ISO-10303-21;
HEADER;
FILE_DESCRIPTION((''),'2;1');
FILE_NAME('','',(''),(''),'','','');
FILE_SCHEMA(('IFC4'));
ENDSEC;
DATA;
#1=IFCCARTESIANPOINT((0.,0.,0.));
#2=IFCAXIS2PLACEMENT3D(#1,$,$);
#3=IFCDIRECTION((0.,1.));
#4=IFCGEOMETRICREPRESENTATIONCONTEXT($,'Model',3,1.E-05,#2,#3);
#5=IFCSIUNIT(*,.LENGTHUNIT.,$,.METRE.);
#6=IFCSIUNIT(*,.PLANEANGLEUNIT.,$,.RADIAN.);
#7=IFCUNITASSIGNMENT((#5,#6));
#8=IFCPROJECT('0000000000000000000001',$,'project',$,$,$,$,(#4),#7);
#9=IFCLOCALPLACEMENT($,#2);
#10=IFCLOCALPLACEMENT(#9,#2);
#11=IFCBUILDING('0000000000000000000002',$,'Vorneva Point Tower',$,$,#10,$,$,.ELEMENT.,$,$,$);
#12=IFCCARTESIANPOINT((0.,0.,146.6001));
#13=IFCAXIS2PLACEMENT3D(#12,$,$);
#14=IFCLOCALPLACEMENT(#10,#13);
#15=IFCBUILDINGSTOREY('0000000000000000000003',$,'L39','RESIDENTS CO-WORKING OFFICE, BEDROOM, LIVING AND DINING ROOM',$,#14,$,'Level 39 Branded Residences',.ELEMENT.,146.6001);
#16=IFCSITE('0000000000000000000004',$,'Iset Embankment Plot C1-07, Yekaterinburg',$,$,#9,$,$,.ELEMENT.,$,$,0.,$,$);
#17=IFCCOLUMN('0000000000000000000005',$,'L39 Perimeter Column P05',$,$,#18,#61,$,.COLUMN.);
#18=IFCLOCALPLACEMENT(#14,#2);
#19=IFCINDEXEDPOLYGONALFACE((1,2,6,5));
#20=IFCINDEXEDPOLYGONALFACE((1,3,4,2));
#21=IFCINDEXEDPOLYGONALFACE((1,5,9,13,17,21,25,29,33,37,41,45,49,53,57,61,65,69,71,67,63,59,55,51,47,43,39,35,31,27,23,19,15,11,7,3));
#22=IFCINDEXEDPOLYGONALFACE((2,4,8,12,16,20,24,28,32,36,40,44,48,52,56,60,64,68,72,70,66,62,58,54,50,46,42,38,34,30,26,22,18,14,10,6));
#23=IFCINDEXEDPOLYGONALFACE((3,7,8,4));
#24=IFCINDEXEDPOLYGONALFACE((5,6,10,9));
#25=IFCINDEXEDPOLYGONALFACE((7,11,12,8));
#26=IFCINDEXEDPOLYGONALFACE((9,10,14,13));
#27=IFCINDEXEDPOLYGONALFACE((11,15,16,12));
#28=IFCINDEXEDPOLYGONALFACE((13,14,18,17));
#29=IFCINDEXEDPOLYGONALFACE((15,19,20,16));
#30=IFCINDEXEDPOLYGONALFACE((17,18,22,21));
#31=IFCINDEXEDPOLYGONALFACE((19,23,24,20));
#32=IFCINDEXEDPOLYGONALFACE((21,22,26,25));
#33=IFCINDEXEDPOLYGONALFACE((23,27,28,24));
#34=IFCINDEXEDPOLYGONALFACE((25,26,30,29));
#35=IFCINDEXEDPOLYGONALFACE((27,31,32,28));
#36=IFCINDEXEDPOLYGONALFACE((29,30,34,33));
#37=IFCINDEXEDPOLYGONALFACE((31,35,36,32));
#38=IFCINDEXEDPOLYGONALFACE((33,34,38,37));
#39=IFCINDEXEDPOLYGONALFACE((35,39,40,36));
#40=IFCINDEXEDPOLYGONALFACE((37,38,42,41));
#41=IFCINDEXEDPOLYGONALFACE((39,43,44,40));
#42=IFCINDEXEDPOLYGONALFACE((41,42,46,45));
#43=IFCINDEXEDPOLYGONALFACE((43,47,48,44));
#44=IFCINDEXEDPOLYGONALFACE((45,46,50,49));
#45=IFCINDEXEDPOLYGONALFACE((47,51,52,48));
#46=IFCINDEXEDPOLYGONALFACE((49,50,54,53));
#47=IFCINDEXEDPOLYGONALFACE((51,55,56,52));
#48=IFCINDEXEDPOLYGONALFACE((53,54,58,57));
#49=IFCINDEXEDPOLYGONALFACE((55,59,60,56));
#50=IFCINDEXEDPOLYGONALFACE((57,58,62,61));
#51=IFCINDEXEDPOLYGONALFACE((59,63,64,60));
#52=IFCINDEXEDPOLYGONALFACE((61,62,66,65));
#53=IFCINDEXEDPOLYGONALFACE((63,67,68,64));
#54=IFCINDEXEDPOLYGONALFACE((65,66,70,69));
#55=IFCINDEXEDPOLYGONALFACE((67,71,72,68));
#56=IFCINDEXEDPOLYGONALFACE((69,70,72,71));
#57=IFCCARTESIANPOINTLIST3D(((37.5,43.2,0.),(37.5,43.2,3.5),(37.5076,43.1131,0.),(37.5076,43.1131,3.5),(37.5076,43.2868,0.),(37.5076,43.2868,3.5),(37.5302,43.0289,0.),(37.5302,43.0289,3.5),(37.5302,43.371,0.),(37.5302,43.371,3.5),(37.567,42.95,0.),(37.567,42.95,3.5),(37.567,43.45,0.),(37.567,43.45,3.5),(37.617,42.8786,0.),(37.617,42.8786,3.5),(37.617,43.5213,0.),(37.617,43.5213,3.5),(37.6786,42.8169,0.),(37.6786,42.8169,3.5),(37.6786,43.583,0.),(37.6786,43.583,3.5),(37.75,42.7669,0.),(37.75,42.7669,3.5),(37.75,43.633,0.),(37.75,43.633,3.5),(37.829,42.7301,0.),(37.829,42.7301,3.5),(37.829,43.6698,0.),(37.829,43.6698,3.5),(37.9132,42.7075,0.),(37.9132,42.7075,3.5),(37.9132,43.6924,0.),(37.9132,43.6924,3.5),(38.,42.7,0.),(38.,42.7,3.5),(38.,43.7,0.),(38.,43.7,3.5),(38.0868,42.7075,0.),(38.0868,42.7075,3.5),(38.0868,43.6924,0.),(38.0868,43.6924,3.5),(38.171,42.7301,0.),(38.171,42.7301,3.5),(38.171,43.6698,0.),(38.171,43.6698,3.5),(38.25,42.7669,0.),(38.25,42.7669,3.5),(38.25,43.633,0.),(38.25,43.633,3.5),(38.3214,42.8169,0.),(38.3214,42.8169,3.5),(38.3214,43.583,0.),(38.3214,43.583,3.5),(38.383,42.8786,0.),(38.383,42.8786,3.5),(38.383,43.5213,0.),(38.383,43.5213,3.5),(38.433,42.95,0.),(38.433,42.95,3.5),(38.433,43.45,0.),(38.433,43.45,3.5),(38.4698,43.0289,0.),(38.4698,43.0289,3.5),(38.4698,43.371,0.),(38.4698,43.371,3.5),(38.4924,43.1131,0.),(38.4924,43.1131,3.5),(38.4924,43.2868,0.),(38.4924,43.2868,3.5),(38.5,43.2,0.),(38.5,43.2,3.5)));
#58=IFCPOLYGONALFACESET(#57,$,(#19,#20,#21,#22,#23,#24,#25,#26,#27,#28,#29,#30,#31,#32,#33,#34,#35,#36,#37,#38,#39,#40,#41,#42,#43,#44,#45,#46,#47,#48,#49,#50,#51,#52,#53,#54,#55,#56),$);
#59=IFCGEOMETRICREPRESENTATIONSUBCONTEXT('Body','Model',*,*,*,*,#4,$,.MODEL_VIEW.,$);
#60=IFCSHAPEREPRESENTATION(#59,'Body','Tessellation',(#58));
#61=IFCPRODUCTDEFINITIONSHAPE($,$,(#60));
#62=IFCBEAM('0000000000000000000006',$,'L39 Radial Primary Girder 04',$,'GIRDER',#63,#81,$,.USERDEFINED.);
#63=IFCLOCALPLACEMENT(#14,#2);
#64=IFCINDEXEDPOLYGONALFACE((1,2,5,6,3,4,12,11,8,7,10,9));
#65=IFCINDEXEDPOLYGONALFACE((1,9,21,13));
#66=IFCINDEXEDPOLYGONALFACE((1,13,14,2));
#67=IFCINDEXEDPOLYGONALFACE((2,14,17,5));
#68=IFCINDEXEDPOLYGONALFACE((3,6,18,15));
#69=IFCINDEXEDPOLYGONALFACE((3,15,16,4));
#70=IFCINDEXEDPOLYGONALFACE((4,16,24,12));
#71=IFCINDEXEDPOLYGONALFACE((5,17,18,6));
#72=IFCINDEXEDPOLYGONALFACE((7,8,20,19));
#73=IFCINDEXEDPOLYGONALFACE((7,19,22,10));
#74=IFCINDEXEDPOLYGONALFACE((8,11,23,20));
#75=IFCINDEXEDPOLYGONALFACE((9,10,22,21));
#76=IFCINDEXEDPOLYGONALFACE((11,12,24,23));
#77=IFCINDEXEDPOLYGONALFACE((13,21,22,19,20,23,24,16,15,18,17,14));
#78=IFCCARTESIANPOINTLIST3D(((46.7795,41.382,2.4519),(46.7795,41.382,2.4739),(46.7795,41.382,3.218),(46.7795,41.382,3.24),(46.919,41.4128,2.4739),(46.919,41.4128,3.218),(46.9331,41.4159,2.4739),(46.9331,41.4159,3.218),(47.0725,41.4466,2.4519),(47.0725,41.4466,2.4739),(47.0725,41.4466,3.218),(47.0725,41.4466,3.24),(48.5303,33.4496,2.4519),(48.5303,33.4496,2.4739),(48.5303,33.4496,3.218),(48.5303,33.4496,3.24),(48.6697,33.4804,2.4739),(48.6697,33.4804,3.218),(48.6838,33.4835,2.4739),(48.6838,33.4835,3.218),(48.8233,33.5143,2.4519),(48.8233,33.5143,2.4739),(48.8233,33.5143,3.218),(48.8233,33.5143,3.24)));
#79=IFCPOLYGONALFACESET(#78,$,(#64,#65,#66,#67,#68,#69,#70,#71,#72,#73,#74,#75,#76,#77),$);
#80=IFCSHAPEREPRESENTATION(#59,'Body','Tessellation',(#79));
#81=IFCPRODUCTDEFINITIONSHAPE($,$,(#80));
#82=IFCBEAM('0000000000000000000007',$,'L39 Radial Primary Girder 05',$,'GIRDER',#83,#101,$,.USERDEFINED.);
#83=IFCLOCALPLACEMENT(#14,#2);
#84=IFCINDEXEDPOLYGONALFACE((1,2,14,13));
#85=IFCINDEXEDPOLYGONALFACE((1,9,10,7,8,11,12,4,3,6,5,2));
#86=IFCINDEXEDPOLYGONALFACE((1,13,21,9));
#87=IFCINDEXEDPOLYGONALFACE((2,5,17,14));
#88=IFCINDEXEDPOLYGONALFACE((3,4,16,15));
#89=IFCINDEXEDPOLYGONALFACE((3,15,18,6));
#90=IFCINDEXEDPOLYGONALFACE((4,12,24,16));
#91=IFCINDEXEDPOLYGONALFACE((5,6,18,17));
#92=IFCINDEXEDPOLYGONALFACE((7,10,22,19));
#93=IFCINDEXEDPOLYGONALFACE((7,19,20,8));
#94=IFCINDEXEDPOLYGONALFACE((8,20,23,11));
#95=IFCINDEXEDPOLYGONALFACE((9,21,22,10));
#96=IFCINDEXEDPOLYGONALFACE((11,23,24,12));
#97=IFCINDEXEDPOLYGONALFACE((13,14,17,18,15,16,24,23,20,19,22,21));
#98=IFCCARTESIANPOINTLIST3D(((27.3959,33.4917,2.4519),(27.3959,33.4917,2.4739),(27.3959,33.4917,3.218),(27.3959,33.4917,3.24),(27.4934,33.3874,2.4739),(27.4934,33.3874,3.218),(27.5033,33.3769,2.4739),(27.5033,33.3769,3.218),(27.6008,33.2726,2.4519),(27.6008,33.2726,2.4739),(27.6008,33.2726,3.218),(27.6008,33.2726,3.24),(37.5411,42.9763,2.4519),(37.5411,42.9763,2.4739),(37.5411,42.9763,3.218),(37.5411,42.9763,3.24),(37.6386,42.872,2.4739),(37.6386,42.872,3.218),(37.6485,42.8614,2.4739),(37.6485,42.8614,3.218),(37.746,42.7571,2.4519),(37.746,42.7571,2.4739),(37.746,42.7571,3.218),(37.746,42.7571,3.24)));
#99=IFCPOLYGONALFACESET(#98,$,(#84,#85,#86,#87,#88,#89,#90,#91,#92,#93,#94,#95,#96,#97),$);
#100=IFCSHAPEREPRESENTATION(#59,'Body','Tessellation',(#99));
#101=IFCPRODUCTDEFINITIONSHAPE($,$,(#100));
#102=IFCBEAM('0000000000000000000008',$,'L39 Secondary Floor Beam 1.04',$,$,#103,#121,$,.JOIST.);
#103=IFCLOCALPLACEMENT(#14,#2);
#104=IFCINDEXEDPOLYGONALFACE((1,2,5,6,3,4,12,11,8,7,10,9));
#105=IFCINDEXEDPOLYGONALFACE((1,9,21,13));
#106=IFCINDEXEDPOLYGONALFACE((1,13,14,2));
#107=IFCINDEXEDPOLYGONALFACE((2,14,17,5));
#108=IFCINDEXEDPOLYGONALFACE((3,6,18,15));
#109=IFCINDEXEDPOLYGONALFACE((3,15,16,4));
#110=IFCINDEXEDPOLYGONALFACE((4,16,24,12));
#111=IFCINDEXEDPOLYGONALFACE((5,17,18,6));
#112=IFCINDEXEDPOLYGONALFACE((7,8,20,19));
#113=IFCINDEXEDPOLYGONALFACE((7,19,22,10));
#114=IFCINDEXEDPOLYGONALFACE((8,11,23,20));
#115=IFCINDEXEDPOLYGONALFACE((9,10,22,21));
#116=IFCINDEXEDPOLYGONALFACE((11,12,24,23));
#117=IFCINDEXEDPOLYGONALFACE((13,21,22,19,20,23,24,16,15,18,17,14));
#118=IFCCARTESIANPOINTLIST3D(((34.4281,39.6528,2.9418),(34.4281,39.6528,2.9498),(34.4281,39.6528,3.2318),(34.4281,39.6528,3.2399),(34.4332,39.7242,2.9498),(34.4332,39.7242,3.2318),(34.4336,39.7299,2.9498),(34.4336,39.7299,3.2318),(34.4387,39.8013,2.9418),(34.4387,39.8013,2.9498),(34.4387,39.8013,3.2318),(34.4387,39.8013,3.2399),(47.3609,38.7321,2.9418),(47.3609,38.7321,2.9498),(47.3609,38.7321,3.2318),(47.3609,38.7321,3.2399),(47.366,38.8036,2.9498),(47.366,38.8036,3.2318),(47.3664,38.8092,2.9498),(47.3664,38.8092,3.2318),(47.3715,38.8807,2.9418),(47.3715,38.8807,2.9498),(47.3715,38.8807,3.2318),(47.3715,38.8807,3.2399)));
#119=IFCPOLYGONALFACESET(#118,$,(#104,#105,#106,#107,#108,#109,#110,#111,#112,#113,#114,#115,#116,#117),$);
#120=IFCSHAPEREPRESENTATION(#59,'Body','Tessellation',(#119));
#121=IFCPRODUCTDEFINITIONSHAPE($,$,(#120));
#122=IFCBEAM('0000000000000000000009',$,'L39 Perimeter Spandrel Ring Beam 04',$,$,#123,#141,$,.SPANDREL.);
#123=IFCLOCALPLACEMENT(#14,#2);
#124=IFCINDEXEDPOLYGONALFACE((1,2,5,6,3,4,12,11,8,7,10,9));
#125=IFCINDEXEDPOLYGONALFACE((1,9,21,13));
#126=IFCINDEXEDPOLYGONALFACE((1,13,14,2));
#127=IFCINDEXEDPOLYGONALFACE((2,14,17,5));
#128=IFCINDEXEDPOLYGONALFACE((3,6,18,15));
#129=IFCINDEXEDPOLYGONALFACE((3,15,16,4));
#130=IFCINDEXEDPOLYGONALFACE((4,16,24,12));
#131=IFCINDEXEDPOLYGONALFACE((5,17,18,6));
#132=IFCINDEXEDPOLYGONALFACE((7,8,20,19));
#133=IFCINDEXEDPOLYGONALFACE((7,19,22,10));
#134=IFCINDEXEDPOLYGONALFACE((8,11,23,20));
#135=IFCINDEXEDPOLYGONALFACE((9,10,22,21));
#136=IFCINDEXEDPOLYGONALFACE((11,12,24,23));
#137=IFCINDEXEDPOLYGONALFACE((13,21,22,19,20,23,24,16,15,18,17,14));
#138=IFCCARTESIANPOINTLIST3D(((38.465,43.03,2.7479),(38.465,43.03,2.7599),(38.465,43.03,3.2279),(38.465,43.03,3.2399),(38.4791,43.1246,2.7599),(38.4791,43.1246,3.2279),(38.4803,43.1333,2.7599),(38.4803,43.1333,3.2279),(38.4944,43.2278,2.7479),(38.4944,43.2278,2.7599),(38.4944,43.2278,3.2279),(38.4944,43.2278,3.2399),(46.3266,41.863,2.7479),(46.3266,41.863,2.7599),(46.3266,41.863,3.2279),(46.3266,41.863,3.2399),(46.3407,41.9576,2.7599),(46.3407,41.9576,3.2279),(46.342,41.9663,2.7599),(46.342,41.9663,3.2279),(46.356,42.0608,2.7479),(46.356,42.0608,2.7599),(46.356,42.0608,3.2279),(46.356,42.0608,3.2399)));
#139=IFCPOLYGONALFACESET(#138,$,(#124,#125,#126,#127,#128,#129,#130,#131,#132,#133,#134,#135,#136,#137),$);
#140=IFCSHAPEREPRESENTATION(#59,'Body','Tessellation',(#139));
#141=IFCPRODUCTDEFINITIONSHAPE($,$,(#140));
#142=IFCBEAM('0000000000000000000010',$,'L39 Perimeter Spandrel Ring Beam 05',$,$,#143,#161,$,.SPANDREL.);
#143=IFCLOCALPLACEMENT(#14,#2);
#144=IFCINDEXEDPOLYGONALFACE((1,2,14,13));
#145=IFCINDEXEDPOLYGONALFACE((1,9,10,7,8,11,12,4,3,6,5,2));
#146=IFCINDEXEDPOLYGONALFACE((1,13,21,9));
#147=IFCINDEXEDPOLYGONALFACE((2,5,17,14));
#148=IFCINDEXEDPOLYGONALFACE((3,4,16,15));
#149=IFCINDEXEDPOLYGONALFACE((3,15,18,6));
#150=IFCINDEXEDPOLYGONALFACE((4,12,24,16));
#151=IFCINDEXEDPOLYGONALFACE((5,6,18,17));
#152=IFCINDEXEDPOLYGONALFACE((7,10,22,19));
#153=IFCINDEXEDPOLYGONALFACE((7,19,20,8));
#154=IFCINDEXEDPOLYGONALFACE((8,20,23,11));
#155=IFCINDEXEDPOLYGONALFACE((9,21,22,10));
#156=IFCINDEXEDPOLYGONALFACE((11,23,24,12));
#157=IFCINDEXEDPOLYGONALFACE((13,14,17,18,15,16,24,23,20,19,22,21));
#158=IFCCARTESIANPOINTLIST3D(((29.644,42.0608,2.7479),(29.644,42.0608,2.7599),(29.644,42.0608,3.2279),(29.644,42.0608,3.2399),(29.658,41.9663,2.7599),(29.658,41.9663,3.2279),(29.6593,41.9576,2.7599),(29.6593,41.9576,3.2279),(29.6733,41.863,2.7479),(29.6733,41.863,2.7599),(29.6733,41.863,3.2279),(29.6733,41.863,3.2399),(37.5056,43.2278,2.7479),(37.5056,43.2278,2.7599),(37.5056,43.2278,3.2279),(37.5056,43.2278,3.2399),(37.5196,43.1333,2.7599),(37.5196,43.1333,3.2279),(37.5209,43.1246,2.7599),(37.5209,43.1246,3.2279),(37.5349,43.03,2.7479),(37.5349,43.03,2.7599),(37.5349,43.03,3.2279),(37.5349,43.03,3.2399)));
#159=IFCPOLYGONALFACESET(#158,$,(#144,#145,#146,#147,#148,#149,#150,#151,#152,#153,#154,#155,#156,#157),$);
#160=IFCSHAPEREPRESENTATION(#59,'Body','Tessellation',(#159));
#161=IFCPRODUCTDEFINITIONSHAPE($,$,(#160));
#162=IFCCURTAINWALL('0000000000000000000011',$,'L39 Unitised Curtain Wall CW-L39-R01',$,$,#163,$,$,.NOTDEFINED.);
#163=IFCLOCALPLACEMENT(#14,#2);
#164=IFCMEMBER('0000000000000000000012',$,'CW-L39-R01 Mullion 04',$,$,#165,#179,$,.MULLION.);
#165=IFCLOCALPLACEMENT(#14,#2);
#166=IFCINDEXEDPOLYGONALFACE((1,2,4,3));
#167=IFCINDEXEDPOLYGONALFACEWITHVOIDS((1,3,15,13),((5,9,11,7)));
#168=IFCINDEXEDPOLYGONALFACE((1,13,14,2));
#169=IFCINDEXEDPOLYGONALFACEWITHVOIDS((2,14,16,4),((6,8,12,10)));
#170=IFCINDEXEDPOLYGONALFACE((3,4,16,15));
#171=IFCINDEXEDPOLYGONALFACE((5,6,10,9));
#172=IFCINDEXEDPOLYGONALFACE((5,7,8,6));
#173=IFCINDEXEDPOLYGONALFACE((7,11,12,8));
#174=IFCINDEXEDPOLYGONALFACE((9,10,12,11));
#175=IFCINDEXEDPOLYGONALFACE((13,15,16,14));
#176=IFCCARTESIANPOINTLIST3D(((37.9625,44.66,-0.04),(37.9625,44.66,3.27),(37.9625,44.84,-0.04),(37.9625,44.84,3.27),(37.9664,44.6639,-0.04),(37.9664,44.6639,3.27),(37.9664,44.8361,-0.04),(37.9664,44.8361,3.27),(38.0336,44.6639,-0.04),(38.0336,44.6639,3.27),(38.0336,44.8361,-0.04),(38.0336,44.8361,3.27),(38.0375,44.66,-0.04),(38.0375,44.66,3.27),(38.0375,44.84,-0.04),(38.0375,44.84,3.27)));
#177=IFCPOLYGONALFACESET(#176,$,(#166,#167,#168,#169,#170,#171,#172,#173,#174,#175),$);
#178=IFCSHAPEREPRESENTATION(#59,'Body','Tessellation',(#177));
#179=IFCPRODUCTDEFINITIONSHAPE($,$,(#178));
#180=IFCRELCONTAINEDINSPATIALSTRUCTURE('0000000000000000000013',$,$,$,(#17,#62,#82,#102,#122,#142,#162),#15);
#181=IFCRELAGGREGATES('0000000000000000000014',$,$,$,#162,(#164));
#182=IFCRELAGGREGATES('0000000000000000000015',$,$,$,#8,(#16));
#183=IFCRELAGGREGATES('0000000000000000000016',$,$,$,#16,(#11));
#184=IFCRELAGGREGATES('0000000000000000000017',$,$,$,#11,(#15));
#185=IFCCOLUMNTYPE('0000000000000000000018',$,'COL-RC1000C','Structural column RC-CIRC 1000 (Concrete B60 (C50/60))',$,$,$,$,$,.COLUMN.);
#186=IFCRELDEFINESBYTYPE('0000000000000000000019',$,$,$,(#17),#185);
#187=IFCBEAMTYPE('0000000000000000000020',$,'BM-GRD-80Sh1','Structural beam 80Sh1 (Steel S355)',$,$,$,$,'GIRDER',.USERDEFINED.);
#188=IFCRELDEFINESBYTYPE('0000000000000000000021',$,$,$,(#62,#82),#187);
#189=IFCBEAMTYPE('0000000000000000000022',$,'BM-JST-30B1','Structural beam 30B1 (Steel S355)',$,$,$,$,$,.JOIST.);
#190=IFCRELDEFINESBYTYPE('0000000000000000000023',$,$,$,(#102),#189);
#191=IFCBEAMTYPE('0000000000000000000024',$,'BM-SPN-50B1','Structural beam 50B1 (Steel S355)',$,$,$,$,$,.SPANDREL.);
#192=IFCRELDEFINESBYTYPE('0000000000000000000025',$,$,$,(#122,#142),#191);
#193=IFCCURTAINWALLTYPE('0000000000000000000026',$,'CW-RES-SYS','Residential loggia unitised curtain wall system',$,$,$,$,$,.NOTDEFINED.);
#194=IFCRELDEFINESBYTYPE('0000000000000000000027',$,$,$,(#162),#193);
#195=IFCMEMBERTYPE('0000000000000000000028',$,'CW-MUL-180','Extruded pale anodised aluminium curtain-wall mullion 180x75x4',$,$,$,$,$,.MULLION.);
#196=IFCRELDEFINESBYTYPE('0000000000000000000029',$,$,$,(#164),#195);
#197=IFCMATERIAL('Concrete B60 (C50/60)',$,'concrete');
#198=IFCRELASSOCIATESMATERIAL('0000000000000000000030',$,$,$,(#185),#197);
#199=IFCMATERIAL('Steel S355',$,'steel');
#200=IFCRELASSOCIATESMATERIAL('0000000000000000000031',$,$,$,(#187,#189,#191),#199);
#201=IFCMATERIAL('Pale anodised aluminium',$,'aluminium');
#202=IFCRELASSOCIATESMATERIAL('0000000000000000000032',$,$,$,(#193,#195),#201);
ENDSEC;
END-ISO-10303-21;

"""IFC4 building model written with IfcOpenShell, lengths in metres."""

from ifc_helpers import new_model, si_unit, direction, frame, origin, origin_2d, place, context, subcontext, project, spatial, hollow_rectangle, circle, i_section, extrude, material, material_profile, profile_set, type_object, element, aggregate, save


model = new_model("IFC4")

# Units and contexts
model_context = context("Model", 3, precision=1e-05, world=origin(), true_north=direction((0.0, 1.0)))
body_context = subcontext(model_context, "Body", "Model", "MODEL_VIEW")
ifc_project = project(units=[si_unit("LENGTHUNIT", "METRE"), si_unit("PLANEANGLEUNIT", "RADIAN")], contexts=[model_context])

# Site, building, storey
site_placement = place(None, origin())
site = spatial("IfcSite", under=ifc_project, at=site_placement, Name="Iset Embankment Plot C1-07, Yekaterinburg", CompositionType="ELEMENT", RefElevation=0.0)
building_placement = place(site_placement, origin())
building = spatial("IfcBuilding", under=site, at=building_placement, Name="Vorneva Point Tower", CompositionType="ELEMENT")
storey_placement = place(building_placement, frame((0.0, 0.0, 146.6001)))
storey = spatial("IfcBuildingStorey", under=building, at=storey_placement, Name="L39", Description="RESIDENTS CO-WORKING OFFICE, BEDROOM, LIVING AND DINING ROOM", LongName="Level 39 Branded Residences", CompositionType="ELEMENT", Elevation=146.6001)

# Column
ifc_material_1 = material(Name="Concrete B60 (C50/60)", Category="concrete")
ifc_material_profile_1 = material_profile(ifc_material_1, circle(Radius=0.5, at=origin_2d()), Name="RC-CIRC 1000")
ifc_profile_set_1 = profile_set([ifc_material_profile_1], Name="Concrete B60 (C50/60)")
column_type = type_object("IfcColumnType", Name="COL-RC1000C", Description="Structural column RC-CIRC 1000 (Concrete B60 (C50/60))", PredefinedType="COLUMN", material=ifc_profile_set_1)
for number, where, z_axis, x_axis, name in (
    (1, (38.0, 43.2, 0.0), (0.0, 0.0, 1.0), (0.0, 1.0, 0.0), "L39 Perimeter Column P05"),
):
    element("IfcColumn", number, at=place(storey_placement, frame(where, z_axis=z_axis, x_axis=x_axis)), inside=storey, type_object=column_type, Name=name, PredefinedType="COLUMN", context=body_context, shape_type="SweptSolid", body=[
        extrude(circle(Radius=0.5, at=origin_2d()), origin(), (0.0, 0.0, 1.0), 3.5),
    ])

# Beams
ifc_material_2 = material(Name="Steel S355", Category="steel")
ifc_material_profile_2 = material_profile(ifc_material_2, i_section(OverallWidth=0.3, OverallDepth=0.7881, WebThickness=0.0144, FlangeThickness=0.022, at=origin_2d()), Name="80Sh1")
ifc_profile_set_2 = profile_set([ifc_material_profile_2], Name="Steel S355")
beam_type_1 = type_object("IfcBeamType", Name="BM-GRD-80Sh1", Description="Structural beam 80Sh1 (Steel S355)", ElementType="GIRDER", PredefinedType="USERDEFINED", material=ifc_profile_set_2)
beam_1_placement = place(storey_placement, frame((46.926, 41.4143, 2.8459), z_axis=(0.215521, -0.976499, 0.0), x_axis=(0.976499, 0.215521, 0.0)))
element("IfcBeam", 2, at=beam_1_placement, inside=storey, type_object=beam_type_1, Name="L39 Radial Primary Girder 04", ObjectType="GIRDER", PredefinedType="USERDEFINED", context=body_context, shape_type="SweptSolid", body=[
    extrude(i_section(OverallWidth=0.3, OverallDepth=0.7881, WebThickness=0.0144, FlangeThickness=0.022, at=origin_2d()), origin(), (0.0, 0.0, 1.0), 8.1233),
])
beam_2_placement = place(storey_placement, frame((37.6436, 42.8667, 2.8459), z_axis=(-0.730491, -0.682922, 0.0), x_axis=(0.682922, -0.730491, 0.0)))
element("IfcBeam", 3, at=beam_2_placement, inside=storey, type_object=beam_type_1, Name="L39 Radial Primary Girder 05", ObjectType="GIRDER", PredefinedType="USERDEFINED", context=body_context, shape_type="SweptSolid", body=[
    extrude(i_section(OverallWidth=0.3, OverallDepth=0.7881, WebThickness=0.0144, FlangeThickness=0.022, at=origin_2d()), origin(), (0.0, 0.0, 1.0), 13.8882),
])
ifc_material_profile_3 = material_profile(ifc_material_2, i_section(OverallWidth=0.1489, OverallDepth=0.2981, WebThickness=0.0056, FlangeThickness=0.0081, at=origin_2d()), Name="30B1")
ifc_profile_set_3 = profile_set([ifc_material_profile_3], Name="Steel S355")
beam_type_2 = type_object("IfcBeamType", Name="BM-JST-30B1", Description="Structural beam 30B1 (Steel S355)", PredefinedType="JOIST", material=ifc_profile_set_3)
beam_3_placement = place(storey_placement, frame((47.3662, 38.8064, 3.0908), z_axis=(-0.997476, 0.071008, 0.0), x_axis=(-0.071008, -0.997476, 0.0)))
element("IfcBeam", 4, at=beam_3_placement, inside=storey, type_object=beam_type_2, Name="L39 Secondary Floor Beam 1.04", PredefinedType="JOIST", context=body_context, shape_type="SweptSolid", body=[
    extrude(i_section(OverallWidth=0.1489, OverallDepth=0.2981, WebThickness=0.0056, FlangeThickness=0.0081, at=origin_2d()), origin(), (0.0, 0.0, 1.0), 12.9656),
])
ifc_material_profile_4 = material_profile(ifc_material_2, i_section(OverallWidth=0.2, OverallDepth=0.4919, WebThickness=0.0088, FlangeThickness=0.012, at=origin_2d()), Name="50B1")
ifc_profile_set_4 = profile_set([ifc_material_profile_4], Name="Steel S355")
beam_type_3 = type_object("IfcBeamType", Name="BM-SPN-50B1", Description="Structural beam 50B1 (Steel S355)", PredefinedType="SPANDREL", material=ifc_profile_set_4)
for number, where, z_axis, x_axis, name in (
    (5, (46.3413, 41.9619, 2.9939), (-0.989161, 0.146834, 0.0), (-0.146834, -0.989161, 0.0), "L39 Perimeter Spandrel Ring Beam 04"),
    (6, (37.5203, 43.1289, 2.9939), (-0.989161, -0.146834, 0.0), (0.146834, -0.989161, 0.0), "L39 Perimeter Spandrel Ring Beam 05"),
):
    element("IfcBeam", number, at=place(storey_placement, frame(where, z_axis=z_axis, x_axis=x_axis)), inside=storey, type_object=beam_type_3, Name=name, PredefinedType="SPANDREL", context=body_context, shape_type="SweptSolid", body=[
        extrude(i_section(OverallWidth=0.2, OverallDepth=0.4919, WebThickness=0.0088, FlangeThickness=0.012, at=origin_2d()), origin(), (0.0, 0.0, 1.0), 7.9478),
    ])

# Curtain wall, member
ifc_material_3 = material(Name="Pale anodised aluminium", Category="aluminium")
curtain_wall_type = type_object("IfcCurtainWallType", Name="CW-RES-SYS", Description="Residential loggia unitised curtain wall system", PredefinedType="NOTDEFINED", material=ifc_material_3)
curtain_wall_placement = place(storey_placement, origin())
curtain_wall = element("IfcCurtainWall", 7, at=curtain_wall_placement, inside=storey, type_object=curtain_wall_type, Name="L39 Unitised Curtain Wall CW-L39-R01", PredefinedType="NOTDEFINED")
ifc_material_profile_5 = material_profile(ifc_material_3, hollow_rectangle(XDim=0.075, YDim=0.1799, WallThickness=0.0039, at=origin_2d()), Name="AL-MUL 180x75x4")
ifc_profile_set_5 = profile_set([ifc_material_profile_5], Name="Pale anodised aluminium")
member_type_1 = type_object("IfcMemberType", Name="CW-MUL-180", Description="Extruded pale anodised aluminium curtain-wall mullion 180x75x4", PredefinedType="MULLION", material=ifc_profile_set_5)
member_1_placement = place(storey_placement, frame((38.0, 44.75, -0.04), z_axis=(0.0, 0.0, 1.0), x_axis=(1.0, 0.0, 0.0)))
member_1 = element("IfcMember", 8, at=member_1_placement, type_object=member_type_1, Name="CW-L39-R01 Mullion 04", PredefinedType="MULLION", context=body_context, shape_type="SweptSolid", body=[
    extrude(hollow_rectangle(XDim=0.075, YDim=0.1799, WallThickness=0.0039, at=origin_2d()), origin(), (0.0, 0.0, 1.0), 3.3101),
])
aggregate(curtain_wall, [member_1])

save(model, "model.ifc")
